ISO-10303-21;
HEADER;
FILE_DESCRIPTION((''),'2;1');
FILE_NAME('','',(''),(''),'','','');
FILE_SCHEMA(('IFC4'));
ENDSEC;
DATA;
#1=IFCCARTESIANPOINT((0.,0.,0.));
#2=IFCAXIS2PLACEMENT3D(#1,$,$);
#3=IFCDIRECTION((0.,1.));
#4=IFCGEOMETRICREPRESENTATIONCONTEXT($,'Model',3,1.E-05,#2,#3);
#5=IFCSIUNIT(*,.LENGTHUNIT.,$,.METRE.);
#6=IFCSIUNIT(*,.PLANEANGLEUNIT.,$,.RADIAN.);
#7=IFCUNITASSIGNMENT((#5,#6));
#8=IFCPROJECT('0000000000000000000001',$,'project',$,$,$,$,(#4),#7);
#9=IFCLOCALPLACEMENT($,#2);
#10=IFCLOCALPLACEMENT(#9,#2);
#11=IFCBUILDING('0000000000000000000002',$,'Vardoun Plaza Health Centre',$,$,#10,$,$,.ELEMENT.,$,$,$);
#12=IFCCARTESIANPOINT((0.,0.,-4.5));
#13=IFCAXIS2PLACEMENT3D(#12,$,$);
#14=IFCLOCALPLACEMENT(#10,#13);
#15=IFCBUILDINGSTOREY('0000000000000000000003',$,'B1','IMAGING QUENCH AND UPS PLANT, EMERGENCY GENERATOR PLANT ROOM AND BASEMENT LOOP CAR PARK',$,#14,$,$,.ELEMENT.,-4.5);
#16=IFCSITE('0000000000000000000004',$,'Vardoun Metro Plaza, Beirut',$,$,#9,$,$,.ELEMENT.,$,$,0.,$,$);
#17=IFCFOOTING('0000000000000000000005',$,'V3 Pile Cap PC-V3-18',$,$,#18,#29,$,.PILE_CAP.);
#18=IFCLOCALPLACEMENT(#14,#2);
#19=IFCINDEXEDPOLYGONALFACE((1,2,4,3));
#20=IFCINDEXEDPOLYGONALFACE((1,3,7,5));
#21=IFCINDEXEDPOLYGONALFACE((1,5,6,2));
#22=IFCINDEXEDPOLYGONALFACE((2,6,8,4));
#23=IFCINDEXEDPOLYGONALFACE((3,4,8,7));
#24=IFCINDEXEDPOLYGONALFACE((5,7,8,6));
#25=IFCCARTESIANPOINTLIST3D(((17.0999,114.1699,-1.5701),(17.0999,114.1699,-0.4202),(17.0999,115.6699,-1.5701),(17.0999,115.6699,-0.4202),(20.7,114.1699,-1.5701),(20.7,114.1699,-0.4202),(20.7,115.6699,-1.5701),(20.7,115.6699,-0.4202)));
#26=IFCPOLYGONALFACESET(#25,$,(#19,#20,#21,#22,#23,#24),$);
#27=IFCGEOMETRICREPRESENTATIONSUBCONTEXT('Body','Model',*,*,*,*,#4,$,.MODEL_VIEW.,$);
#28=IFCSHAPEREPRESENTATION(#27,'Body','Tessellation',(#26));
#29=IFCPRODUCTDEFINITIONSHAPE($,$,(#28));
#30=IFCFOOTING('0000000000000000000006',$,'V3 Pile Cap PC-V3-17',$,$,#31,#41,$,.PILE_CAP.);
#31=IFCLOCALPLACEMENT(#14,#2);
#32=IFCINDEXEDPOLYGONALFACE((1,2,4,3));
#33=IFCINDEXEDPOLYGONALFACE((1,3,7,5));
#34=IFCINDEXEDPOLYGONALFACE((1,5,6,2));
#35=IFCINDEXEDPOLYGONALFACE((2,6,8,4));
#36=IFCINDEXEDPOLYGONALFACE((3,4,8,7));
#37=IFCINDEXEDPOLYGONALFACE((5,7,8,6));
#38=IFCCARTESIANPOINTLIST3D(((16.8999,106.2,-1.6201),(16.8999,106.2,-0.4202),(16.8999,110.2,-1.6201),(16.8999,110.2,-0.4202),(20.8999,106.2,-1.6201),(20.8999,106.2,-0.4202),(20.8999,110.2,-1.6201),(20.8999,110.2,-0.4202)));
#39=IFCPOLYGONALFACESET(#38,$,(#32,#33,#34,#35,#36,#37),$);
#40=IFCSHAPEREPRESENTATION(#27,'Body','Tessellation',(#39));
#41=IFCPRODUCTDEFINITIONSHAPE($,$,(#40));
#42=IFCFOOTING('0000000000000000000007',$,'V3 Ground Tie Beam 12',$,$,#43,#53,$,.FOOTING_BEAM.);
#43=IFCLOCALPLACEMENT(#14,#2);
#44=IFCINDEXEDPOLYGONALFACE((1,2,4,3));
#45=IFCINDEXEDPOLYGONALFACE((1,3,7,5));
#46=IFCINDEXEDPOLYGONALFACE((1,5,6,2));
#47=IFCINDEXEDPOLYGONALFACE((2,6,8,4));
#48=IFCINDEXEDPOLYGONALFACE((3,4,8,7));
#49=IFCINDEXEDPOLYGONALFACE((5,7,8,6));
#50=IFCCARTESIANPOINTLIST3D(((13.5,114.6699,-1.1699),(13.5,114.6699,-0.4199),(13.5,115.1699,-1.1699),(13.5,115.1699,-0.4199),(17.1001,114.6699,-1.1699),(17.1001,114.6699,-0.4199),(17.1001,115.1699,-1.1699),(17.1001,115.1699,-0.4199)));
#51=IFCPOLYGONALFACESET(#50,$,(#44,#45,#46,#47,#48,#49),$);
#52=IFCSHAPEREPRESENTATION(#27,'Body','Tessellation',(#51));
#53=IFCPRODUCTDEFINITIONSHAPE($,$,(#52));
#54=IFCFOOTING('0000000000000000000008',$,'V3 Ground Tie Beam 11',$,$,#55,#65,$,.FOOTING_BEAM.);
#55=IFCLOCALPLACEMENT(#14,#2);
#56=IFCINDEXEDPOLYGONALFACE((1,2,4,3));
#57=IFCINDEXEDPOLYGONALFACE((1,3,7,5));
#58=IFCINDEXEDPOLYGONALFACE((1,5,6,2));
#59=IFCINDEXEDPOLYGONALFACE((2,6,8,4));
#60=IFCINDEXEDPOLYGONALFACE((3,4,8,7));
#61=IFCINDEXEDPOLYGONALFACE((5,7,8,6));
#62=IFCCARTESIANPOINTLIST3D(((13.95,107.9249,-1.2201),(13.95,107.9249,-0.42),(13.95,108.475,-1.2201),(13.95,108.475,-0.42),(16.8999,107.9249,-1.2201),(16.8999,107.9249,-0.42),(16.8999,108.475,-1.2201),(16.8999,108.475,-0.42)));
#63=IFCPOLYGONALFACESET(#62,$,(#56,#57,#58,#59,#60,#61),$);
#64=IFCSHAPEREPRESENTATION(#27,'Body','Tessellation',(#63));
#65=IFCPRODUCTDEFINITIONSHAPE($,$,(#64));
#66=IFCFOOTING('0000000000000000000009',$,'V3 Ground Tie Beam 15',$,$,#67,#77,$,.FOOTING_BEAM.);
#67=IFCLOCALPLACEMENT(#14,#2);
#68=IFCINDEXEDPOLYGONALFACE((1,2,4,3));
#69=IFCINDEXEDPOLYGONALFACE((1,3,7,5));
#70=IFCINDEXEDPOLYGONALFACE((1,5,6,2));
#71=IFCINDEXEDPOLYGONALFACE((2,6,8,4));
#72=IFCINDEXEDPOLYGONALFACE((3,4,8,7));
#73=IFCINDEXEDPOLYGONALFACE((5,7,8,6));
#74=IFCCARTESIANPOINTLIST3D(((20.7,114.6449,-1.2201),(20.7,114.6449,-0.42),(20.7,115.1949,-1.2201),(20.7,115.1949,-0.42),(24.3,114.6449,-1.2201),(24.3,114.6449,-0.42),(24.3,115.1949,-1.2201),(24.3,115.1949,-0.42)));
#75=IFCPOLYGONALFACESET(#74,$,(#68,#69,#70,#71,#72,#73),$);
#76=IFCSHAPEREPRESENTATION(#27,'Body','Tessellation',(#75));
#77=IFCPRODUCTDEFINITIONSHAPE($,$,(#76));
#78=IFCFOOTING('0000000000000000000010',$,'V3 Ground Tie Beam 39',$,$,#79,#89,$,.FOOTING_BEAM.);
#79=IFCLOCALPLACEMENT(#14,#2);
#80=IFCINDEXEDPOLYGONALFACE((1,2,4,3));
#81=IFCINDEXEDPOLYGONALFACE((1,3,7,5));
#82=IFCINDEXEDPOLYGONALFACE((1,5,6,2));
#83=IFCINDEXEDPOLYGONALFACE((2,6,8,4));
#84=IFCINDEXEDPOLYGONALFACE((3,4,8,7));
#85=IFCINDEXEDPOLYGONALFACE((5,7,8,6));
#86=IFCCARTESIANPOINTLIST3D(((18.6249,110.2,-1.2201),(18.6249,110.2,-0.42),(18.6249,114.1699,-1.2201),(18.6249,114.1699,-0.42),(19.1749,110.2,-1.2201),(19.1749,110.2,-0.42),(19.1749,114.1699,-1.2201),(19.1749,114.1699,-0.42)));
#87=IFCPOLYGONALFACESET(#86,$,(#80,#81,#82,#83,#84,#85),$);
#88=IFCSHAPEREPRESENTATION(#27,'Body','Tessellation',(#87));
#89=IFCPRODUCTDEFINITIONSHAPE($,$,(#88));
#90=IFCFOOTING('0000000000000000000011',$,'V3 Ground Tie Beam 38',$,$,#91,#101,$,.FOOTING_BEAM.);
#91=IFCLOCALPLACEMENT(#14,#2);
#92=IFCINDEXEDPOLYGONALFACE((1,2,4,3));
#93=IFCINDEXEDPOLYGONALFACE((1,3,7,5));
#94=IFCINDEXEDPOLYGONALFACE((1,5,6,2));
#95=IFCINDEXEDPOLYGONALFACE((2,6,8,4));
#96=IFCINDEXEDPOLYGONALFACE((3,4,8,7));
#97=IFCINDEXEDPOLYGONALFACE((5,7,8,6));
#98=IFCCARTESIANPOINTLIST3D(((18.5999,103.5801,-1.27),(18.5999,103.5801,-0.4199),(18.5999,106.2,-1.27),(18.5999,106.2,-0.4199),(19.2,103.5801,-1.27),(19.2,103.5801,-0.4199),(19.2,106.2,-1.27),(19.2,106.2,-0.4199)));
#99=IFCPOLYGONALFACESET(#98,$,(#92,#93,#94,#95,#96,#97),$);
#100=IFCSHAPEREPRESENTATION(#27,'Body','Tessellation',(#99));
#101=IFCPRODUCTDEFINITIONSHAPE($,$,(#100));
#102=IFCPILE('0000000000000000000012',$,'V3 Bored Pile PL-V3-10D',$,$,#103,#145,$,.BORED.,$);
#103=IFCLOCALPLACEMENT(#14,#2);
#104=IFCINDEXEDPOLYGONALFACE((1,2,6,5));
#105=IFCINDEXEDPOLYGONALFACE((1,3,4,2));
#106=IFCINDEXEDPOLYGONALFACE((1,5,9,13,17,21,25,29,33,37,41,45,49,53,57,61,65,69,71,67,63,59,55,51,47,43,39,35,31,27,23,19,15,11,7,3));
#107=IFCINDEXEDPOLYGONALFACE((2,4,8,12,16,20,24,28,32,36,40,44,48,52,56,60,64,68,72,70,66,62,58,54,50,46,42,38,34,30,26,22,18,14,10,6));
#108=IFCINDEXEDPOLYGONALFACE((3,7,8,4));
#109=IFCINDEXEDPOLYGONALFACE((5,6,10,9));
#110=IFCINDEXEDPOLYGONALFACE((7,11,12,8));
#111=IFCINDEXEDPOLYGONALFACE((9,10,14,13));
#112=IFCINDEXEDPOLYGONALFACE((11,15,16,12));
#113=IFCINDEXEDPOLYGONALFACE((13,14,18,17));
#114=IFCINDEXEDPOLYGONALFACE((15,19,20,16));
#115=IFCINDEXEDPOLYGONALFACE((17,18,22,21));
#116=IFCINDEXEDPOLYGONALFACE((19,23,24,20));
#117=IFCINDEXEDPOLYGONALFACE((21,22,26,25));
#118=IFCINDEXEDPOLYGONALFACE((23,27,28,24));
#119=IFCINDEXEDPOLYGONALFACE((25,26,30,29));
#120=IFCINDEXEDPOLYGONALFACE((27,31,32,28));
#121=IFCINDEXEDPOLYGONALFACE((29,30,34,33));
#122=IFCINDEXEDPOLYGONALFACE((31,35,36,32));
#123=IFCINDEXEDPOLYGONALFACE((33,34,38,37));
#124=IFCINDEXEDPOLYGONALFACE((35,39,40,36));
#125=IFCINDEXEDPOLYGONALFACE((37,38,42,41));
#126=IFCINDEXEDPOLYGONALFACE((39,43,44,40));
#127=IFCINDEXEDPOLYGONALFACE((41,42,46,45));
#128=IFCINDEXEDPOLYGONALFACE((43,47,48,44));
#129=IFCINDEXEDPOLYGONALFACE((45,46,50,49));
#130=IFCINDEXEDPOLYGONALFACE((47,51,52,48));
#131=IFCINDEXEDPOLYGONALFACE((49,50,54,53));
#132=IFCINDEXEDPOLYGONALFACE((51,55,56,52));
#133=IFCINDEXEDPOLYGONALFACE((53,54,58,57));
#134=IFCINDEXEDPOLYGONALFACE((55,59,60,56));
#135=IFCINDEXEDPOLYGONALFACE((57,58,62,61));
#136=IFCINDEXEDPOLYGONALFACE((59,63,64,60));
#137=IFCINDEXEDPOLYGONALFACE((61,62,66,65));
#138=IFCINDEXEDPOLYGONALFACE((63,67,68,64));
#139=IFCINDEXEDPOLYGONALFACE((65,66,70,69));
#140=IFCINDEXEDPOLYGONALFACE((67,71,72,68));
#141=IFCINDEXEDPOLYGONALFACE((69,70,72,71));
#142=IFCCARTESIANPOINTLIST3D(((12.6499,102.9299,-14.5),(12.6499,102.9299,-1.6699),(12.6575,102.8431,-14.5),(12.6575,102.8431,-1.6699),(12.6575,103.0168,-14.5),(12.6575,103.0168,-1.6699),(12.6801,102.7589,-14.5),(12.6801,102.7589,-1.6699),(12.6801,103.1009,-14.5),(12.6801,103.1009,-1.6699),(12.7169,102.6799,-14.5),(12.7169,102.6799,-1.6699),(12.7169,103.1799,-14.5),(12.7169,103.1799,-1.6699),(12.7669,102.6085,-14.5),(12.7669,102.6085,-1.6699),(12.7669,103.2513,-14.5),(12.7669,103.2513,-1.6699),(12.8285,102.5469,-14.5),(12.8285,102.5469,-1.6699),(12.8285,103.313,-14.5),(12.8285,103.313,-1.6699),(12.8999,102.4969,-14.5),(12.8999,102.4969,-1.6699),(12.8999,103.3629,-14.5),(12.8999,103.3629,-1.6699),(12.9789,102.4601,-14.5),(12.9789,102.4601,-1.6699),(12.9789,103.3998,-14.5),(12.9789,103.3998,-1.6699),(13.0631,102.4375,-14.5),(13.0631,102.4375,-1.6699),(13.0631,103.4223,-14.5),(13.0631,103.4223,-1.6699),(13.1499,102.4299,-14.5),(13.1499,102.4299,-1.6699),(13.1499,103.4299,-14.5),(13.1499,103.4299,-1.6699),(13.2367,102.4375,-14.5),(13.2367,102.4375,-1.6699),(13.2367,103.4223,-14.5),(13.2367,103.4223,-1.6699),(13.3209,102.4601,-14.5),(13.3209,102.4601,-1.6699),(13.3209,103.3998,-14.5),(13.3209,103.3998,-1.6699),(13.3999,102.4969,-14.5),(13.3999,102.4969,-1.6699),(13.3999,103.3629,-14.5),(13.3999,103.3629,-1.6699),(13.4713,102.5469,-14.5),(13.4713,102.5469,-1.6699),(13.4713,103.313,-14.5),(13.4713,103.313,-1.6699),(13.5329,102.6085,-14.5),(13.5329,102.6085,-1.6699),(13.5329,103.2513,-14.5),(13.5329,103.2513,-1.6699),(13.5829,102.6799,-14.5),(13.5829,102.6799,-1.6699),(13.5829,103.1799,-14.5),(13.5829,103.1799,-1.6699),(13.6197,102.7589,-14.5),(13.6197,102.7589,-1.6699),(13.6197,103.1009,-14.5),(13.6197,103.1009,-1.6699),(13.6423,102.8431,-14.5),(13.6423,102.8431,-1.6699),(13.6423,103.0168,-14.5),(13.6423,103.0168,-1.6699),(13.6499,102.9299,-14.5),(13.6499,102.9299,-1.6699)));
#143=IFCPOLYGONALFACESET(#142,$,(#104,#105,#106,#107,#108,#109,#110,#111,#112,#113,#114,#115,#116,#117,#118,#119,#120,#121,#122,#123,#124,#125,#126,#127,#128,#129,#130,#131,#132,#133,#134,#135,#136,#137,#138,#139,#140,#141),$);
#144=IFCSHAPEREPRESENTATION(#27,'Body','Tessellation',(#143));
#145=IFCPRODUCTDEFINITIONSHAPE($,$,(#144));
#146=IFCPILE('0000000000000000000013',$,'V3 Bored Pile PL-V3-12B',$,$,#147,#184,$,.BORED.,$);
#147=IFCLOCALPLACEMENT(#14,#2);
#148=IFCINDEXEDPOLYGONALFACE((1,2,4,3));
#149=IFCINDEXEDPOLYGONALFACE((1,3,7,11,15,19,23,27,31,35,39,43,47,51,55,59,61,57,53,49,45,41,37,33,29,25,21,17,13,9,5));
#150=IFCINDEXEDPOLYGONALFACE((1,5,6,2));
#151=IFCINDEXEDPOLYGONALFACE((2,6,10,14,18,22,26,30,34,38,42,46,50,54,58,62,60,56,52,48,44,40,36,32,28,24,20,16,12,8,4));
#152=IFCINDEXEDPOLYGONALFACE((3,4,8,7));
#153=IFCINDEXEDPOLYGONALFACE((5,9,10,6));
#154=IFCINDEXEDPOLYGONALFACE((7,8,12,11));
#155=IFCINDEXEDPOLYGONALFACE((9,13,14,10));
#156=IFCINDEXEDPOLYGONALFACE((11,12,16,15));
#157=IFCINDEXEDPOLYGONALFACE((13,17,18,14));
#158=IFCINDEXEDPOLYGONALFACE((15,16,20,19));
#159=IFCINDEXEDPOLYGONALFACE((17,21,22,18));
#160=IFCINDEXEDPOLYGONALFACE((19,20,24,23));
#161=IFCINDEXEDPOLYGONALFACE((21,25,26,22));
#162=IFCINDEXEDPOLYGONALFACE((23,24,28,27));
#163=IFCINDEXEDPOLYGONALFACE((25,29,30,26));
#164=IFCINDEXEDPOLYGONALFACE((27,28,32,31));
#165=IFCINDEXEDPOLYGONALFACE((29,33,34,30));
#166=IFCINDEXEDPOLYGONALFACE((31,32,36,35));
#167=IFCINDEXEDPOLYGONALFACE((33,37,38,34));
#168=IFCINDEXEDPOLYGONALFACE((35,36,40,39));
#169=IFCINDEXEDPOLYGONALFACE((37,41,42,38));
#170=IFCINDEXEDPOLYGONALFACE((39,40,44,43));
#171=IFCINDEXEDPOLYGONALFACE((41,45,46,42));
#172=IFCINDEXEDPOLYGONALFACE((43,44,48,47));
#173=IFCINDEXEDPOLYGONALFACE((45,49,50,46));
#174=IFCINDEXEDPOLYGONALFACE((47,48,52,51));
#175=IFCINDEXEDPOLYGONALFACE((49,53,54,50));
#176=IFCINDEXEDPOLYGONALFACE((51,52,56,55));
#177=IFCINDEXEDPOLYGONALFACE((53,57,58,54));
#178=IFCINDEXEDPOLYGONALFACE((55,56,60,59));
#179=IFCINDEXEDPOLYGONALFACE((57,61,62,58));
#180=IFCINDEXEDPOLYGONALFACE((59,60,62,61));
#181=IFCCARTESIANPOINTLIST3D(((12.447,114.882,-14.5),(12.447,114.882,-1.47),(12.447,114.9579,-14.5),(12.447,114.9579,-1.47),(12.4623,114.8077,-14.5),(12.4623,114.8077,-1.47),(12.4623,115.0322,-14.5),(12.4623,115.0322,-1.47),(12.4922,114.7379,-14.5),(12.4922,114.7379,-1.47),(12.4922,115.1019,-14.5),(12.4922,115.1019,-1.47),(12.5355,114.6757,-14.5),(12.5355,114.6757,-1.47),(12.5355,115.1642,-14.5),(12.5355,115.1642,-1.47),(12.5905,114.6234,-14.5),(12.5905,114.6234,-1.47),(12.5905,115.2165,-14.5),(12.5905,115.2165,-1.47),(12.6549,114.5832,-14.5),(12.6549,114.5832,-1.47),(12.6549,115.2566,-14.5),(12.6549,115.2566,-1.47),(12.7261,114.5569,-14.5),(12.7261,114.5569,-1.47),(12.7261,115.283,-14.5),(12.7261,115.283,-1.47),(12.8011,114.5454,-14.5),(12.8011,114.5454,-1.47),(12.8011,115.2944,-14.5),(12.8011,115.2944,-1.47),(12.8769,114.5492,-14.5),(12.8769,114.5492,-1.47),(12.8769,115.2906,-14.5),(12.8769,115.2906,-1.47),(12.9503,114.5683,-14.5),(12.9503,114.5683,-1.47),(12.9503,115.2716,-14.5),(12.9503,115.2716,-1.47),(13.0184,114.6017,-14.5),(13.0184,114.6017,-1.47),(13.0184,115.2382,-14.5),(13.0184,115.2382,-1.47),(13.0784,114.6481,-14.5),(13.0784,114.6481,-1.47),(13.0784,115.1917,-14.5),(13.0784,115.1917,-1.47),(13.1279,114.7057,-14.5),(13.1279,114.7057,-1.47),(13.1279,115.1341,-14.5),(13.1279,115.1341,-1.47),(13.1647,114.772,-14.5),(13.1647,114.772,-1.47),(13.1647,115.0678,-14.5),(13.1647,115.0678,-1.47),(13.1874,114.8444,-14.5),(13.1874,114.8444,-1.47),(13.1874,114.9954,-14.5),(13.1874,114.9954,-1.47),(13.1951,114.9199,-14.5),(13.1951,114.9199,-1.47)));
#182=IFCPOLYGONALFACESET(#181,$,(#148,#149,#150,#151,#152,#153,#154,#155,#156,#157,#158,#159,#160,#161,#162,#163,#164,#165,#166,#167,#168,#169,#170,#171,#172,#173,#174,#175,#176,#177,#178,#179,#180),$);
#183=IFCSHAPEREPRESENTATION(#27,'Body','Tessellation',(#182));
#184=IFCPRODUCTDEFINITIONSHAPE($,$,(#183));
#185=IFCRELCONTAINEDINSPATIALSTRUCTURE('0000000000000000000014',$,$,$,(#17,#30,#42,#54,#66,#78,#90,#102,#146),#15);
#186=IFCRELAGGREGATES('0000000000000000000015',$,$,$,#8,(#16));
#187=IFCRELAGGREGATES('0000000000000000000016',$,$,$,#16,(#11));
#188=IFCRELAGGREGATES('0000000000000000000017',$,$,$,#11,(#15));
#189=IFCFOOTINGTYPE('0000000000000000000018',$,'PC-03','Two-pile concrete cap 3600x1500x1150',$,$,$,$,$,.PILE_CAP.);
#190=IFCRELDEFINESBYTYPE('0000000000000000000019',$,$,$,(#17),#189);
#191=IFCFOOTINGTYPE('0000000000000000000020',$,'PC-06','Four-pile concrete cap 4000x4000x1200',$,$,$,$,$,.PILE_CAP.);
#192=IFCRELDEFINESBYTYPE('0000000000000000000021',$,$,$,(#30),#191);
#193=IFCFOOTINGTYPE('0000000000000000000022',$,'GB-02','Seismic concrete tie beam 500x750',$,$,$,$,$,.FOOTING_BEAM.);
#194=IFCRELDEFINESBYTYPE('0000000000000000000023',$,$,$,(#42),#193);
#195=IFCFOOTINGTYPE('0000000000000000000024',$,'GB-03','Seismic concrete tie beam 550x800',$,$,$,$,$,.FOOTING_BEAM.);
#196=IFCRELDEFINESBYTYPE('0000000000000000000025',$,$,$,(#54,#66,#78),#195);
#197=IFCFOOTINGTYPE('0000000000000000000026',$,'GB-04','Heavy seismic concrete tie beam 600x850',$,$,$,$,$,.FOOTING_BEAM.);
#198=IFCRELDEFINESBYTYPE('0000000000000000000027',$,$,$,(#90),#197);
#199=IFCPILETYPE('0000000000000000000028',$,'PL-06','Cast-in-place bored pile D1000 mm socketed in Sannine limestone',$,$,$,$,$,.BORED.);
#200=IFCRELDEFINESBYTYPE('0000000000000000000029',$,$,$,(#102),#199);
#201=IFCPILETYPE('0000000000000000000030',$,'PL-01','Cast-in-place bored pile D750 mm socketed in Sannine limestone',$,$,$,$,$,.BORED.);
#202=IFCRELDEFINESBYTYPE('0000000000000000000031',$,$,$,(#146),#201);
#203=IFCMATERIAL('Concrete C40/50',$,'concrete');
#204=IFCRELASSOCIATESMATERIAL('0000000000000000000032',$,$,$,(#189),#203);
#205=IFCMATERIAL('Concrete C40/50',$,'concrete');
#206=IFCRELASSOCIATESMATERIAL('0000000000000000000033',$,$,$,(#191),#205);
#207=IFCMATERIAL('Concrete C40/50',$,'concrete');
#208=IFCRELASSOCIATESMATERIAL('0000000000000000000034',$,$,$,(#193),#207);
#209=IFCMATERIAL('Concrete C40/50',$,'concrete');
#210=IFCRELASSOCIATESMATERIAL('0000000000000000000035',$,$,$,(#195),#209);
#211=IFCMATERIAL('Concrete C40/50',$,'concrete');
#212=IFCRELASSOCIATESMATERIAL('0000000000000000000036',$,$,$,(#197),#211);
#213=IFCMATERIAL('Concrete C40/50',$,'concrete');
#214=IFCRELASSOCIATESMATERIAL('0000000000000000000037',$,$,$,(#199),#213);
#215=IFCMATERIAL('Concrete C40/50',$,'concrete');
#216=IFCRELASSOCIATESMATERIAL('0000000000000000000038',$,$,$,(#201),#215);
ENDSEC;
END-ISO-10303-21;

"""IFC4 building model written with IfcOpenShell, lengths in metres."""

from ifc_helpers import new_model, si_unit, direction, frame, origin, origin_2d, place, context, subcontext, project, spatial, rectangle, circle, extrude, material, material_profile, profile_set, type_object, element, save


model = new_model("IFC4")

# Units and contexts
model_context = context("Model", 3, precision=1e-05, world=origin(), true_north=direction((0.0, 1.0)))
body_context = subcontext(model_context, "Body", "Model", "MODEL_VIEW")
ifc_project = project(units=[si_unit("LENGTHUNIT", "METRE"), si_unit("PLANEANGLEUNIT", "RADIAN")], contexts=[model_context])

# Site, building, storey
site_placement = place(None, origin())
site = spatial("IfcSite", under=ifc_project, at=site_placement, Name="Vardoun Metro Plaza, Beirut", CompositionType="ELEMENT", RefElevation=0.0)
building_placement = place(site_placement, origin())
building = spatial("IfcBuilding", under=site, at=building_placement, Name="Vardoun Plaza Health Centre", CompositionType="ELEMENT")
storey_placement = place(building_placement, frame((0.0, 0.0, -4.5)))
storey = spatial("IfcBuildingStorey", under=building, at=storey_placement, Name="B1", Description="IMAGING QUENCH AND UPS PLANT, EMERGENCY GENERATOR PLANT ROOM AND BASEMENT LOOP CAR PARK", CompositionType="ELEMENT", Elevation=-4.5)

# Footings
ifc_material_1 = material(Name="Concrete C40/50", Category="concrete")
footing_type_1 = type_object("IfcFootingType", Name="PC-03", Description="Two-pile concrete cap 3600x1500x1150", PredefinedType="PILE_CAP", material=ifc_material_1)
footing_1_placement = place(storey_placement, frame((18.8999, 114.9199, -1.5701), z_axis=(0.0, 0.0, 1.0), x_axis=(1.0, 0.0, 0.0)))
element("IfcFooting", 1, at=footing_1_placement, inside=storey, type_object=footing_type_1, Name="V3 Pile Cap PC-V3-18", PredefinedType="PILE_CAP", context=body_context, shape_type="SweptSolid", body=[
    extrude(rectangle(XDim=3.6001, YDim=1.5, at=origin_2d()), origin(), (0.0, 0.0, 1.0), 1.1499),
])
ifc_material_2 = material(Name="Concrete C40/50", Category="concrete")
footing_type_2 = type_object("IfcFootingType", Name="PC-06", Description="Four-pile concrete cap 4000x4000x1200", PredefinedType="PILE_CAP", material=ifc_material_2)
footing_2_placement = place(storey_placement, frame((18.8999, 108.2, -1.6201), z_axis=(0.0, 0.0, 1.0), x_axis=(1.0, 0.0, 0.0)))
element("IfcFooting", 2, at=footing_2_placement, inside=storey, type_object=footing_type_2, Name="V3 Pile Cap PC-V3-17", PredefinedType="PILE_CAP", context=body_context, shape_type="SweptSolid", body=[
    extrude(rectangle(XDim=4.0, YDim=4.0, at=origin_2d()), origin(), (0.0, 0.0, 1.0), 1.2),
])
ifc_material_3 = material(Name="Concrete C40/50", Category="concrete")
ifc_material_profile_1 = material_profile(ifc_material_3, rectangle(XDim=0.5, YDim=0.75, at=origin_2d()), Name="GB 500x750")
ifc_profile_set_1 = profile_set([ifc_material_profile_1], Name="Concrete C40/50")
footing_type_3 = type_object("IfcFootingType", Name="GB-02", Description="Seismic concrete tie beam 500x750", PredefinedType="FOOTING_BEAM", material=ifc_profile_set_1)
footing_3_placement = place(storey_placement, frame((13.5, 114.9199, -0.7949), z_axis=(1.0, 0.0, 0.0), x_axis=(0.0, 1.0, 0.0)))
element("IfcFooting", 3, at=footing_3_placement, inside=storey, type_object=footing_type_3, Name="V3 Ground Tie Beam 12", PredefinedType="FOOTING_BEAM", context=body_context, shape_type="SweptSolid", body=[
    extrude(rectangle(XDim=0.5, YDim=0.75, at=origin_2d()), origin(), (0.0, 0.0, 1.0), 3.6001),
])
ifc_material_4 = material(Name="Concrete C40/50", Category="concrete")
ifc_material_profile_2 = material_profile(ifc_material_4, rectangle(XDim=0.55, YDim=0.8, at=origin_2d()), Name="GB 550x800")
ifc_profile_set_2 = profile_set([ifc_material_profile_2], Name="Concrete C40/50")
footing_type_4 = type_object("IfcFootingType", Name="GB-03", Description="Seismic concrete tie beam 550x800", PredefinedType="FOOTING_BEAM", material=ifc_profile_set_2)
footing_4_placement = place(storey_placement, frame((13.95, 108.2, -0.8201), z_axis=(1.0, 0.0, 0.0), x_axis=(0.0, 1.0, 0.0)))
element("IfcFooting", 4, at=footing_4_placement, inside=storey, type_object=footing_type_4, Name="V3 Ground Tie Beam 11", PredefinedType="FOOTING_BEAM", context=body_context, shape_type="SweptSolid", body=[
    extrude(rectangle(XDim=0.55, YDim=0.8, at=origin_2d()), origin(), (0.0, 0.0, 1.0), 2.95),
])
footing_5_placement = place(storey_placement, frame((20.7, 114.9199, -0.8201), z_axis=(1.0, 0.0, 0.0), x_axis=(0.0, 1.0, 0.0)))
element("IfcFooting", 5, at=footing_5_placement, inside=storey, type_object=footing_type_4, Name="V3 Ground Tie Beam 15", PredefinedType="FOOTING_BEAM", context=body_context, shape_type="SweptSolid", body=[
    extrude(rectangle(XDim=0.55, YDim=0.8, at=origin_2d()), origin(), (0.0, 0.0, 1.0), 3.6001),
])
footing_6_placement = place(storey_placement, frame((18.8999, 110.2, -0.8201), z_axis=(0.0, 1.0, 0.0), x_axis=(-1.0, 0.0, 0.0)))
element("IfcFooting", 6, at=footing_6_placement, inside=storey, type_object=footing_type_4, Name="V3 Ground Tie Beam 39", PredefinedType="FOOTING_BEAM", context=body_context, shape_type="SweptSolid", body=[
    extrude(rectangle(XDim=0.55, YDim=0.8, at=origin_2d()), origin(), (0.0, 0.0, 1.0), 3.97),
])
ifc_material_5 = material(Name="Concrete C40/50", Category="concrete")
ifc_material_profile_3 = material_profile(ifc_material_5, rectangle(XDim=0.6001, YDim=0.8501, at=origin_2d()), Name="GB 600x850")
ifc_profile_set_3 = profile_set([ifc_material_profile_3], Name="Concrete C40/50")
footing_type_5 = type_object("IfcFootingType", Name="GB-04", Description="Heavy seismic concrete tie beam 600x850", PredefinedType="FOOTING_BEAM", material=ifc_profile_set_3)
footing_7_placement = place(storey_placement, frame((18.8999, 103.5801, -0.845), z_axis=(0.0, 1.0, 0.0), x_axis=(-1.0, 0.0, 0.0)))
element("IfcFooting", 7, at=footing_7_placement, inside=storey, type_object=footing_type_5, Name="V3 Ground Tie Beam 38", PredefinedType="FOOTING_BEAM", context=body_context, shape_type="SweptSolid", body=[
    extrude(rectangle(XDim=0.6001, YDim=0.8501, at=origin_2d()), origin(), (0.0, 0.0, 1.0), 2.6199),
])

# Piles
ifc_material_6 = material(Name="Concrete C40/50", Category="concrete")
ifc_material_profile_4 = material_profile(ifc_material_6, circle(Radius=0.5, at=origin_2d()), Name="PILE D1000")
ifc_profile_set_4 = profile_set([ifc_material_profile_4], Name="Concrete C40/50")
pile_type_1 = type_object("IfcPileType", Name="PL-06", Description="Cast-in-place bored pile D1000 mm socketed in Sannine limestone", PredefinedType="BORED", material=ifc_profile_set_4)
pile_placement = place(storey_placement, frame((13.1499, 102.9299, -1.6699), z_axis=(0.0, 0.0, -1.0), x_axis=(1.0, 0.0, 0.0)))
element("IfcPile", 8, at=pile_placement, inside=storey, type_object=pile_type_1, Name="V3 Bored Pile PL-V3-10D", PredefinedType="BORED", context=body_context, shape_type="SweptSolid", body=[
    extrude(circle(Radius=0.5, at=origin_2d()), origin(), (0.0, 0.0, 1.0), 12.8301),
])
ifc_material_7 = material(Name="Concrete C40/50", Category="concrete")
ifc_material_profile_5 = material_profile(ifc_material_7, circle(Radius=0.375, at=origin_2d()), Name="PILE D750")
ifc_profile_set_5 = profile_set([ifc_material_profile_5], Name="Concrete C40/50")
pile_type_2 = type_object("IfcPileType", Name="PL-01", Description="Cast-in-place bored pile D750 mm socketed in Sannine limestone", PredefinedType="BORED", material=ifc_profile_set_5)
for number, where, z_axis, x_axis, name in (
    (9, (12.8201, 114.9199, -1.47), (0.0, 0.0, -1.0), (1.0, 0.0, 0.0), "V3 Bored Pile PL-V3-12B"),
):
    element("IfcPile", number, at=place(storey_placement, frame(where, z_axis=z_axis, x_axis=x_axis)), inside=storey, type_object=pile_type_2, Name=name, PredefinedType="BORED", context=body_context, shape_type="SweptSolid", body=[
        extrude(circle(Radius=0.375, at=origin_2d()), origin(), (0.0, 0.0, 1.0), 13.03),
    ])

save(model, "model.ifc")
